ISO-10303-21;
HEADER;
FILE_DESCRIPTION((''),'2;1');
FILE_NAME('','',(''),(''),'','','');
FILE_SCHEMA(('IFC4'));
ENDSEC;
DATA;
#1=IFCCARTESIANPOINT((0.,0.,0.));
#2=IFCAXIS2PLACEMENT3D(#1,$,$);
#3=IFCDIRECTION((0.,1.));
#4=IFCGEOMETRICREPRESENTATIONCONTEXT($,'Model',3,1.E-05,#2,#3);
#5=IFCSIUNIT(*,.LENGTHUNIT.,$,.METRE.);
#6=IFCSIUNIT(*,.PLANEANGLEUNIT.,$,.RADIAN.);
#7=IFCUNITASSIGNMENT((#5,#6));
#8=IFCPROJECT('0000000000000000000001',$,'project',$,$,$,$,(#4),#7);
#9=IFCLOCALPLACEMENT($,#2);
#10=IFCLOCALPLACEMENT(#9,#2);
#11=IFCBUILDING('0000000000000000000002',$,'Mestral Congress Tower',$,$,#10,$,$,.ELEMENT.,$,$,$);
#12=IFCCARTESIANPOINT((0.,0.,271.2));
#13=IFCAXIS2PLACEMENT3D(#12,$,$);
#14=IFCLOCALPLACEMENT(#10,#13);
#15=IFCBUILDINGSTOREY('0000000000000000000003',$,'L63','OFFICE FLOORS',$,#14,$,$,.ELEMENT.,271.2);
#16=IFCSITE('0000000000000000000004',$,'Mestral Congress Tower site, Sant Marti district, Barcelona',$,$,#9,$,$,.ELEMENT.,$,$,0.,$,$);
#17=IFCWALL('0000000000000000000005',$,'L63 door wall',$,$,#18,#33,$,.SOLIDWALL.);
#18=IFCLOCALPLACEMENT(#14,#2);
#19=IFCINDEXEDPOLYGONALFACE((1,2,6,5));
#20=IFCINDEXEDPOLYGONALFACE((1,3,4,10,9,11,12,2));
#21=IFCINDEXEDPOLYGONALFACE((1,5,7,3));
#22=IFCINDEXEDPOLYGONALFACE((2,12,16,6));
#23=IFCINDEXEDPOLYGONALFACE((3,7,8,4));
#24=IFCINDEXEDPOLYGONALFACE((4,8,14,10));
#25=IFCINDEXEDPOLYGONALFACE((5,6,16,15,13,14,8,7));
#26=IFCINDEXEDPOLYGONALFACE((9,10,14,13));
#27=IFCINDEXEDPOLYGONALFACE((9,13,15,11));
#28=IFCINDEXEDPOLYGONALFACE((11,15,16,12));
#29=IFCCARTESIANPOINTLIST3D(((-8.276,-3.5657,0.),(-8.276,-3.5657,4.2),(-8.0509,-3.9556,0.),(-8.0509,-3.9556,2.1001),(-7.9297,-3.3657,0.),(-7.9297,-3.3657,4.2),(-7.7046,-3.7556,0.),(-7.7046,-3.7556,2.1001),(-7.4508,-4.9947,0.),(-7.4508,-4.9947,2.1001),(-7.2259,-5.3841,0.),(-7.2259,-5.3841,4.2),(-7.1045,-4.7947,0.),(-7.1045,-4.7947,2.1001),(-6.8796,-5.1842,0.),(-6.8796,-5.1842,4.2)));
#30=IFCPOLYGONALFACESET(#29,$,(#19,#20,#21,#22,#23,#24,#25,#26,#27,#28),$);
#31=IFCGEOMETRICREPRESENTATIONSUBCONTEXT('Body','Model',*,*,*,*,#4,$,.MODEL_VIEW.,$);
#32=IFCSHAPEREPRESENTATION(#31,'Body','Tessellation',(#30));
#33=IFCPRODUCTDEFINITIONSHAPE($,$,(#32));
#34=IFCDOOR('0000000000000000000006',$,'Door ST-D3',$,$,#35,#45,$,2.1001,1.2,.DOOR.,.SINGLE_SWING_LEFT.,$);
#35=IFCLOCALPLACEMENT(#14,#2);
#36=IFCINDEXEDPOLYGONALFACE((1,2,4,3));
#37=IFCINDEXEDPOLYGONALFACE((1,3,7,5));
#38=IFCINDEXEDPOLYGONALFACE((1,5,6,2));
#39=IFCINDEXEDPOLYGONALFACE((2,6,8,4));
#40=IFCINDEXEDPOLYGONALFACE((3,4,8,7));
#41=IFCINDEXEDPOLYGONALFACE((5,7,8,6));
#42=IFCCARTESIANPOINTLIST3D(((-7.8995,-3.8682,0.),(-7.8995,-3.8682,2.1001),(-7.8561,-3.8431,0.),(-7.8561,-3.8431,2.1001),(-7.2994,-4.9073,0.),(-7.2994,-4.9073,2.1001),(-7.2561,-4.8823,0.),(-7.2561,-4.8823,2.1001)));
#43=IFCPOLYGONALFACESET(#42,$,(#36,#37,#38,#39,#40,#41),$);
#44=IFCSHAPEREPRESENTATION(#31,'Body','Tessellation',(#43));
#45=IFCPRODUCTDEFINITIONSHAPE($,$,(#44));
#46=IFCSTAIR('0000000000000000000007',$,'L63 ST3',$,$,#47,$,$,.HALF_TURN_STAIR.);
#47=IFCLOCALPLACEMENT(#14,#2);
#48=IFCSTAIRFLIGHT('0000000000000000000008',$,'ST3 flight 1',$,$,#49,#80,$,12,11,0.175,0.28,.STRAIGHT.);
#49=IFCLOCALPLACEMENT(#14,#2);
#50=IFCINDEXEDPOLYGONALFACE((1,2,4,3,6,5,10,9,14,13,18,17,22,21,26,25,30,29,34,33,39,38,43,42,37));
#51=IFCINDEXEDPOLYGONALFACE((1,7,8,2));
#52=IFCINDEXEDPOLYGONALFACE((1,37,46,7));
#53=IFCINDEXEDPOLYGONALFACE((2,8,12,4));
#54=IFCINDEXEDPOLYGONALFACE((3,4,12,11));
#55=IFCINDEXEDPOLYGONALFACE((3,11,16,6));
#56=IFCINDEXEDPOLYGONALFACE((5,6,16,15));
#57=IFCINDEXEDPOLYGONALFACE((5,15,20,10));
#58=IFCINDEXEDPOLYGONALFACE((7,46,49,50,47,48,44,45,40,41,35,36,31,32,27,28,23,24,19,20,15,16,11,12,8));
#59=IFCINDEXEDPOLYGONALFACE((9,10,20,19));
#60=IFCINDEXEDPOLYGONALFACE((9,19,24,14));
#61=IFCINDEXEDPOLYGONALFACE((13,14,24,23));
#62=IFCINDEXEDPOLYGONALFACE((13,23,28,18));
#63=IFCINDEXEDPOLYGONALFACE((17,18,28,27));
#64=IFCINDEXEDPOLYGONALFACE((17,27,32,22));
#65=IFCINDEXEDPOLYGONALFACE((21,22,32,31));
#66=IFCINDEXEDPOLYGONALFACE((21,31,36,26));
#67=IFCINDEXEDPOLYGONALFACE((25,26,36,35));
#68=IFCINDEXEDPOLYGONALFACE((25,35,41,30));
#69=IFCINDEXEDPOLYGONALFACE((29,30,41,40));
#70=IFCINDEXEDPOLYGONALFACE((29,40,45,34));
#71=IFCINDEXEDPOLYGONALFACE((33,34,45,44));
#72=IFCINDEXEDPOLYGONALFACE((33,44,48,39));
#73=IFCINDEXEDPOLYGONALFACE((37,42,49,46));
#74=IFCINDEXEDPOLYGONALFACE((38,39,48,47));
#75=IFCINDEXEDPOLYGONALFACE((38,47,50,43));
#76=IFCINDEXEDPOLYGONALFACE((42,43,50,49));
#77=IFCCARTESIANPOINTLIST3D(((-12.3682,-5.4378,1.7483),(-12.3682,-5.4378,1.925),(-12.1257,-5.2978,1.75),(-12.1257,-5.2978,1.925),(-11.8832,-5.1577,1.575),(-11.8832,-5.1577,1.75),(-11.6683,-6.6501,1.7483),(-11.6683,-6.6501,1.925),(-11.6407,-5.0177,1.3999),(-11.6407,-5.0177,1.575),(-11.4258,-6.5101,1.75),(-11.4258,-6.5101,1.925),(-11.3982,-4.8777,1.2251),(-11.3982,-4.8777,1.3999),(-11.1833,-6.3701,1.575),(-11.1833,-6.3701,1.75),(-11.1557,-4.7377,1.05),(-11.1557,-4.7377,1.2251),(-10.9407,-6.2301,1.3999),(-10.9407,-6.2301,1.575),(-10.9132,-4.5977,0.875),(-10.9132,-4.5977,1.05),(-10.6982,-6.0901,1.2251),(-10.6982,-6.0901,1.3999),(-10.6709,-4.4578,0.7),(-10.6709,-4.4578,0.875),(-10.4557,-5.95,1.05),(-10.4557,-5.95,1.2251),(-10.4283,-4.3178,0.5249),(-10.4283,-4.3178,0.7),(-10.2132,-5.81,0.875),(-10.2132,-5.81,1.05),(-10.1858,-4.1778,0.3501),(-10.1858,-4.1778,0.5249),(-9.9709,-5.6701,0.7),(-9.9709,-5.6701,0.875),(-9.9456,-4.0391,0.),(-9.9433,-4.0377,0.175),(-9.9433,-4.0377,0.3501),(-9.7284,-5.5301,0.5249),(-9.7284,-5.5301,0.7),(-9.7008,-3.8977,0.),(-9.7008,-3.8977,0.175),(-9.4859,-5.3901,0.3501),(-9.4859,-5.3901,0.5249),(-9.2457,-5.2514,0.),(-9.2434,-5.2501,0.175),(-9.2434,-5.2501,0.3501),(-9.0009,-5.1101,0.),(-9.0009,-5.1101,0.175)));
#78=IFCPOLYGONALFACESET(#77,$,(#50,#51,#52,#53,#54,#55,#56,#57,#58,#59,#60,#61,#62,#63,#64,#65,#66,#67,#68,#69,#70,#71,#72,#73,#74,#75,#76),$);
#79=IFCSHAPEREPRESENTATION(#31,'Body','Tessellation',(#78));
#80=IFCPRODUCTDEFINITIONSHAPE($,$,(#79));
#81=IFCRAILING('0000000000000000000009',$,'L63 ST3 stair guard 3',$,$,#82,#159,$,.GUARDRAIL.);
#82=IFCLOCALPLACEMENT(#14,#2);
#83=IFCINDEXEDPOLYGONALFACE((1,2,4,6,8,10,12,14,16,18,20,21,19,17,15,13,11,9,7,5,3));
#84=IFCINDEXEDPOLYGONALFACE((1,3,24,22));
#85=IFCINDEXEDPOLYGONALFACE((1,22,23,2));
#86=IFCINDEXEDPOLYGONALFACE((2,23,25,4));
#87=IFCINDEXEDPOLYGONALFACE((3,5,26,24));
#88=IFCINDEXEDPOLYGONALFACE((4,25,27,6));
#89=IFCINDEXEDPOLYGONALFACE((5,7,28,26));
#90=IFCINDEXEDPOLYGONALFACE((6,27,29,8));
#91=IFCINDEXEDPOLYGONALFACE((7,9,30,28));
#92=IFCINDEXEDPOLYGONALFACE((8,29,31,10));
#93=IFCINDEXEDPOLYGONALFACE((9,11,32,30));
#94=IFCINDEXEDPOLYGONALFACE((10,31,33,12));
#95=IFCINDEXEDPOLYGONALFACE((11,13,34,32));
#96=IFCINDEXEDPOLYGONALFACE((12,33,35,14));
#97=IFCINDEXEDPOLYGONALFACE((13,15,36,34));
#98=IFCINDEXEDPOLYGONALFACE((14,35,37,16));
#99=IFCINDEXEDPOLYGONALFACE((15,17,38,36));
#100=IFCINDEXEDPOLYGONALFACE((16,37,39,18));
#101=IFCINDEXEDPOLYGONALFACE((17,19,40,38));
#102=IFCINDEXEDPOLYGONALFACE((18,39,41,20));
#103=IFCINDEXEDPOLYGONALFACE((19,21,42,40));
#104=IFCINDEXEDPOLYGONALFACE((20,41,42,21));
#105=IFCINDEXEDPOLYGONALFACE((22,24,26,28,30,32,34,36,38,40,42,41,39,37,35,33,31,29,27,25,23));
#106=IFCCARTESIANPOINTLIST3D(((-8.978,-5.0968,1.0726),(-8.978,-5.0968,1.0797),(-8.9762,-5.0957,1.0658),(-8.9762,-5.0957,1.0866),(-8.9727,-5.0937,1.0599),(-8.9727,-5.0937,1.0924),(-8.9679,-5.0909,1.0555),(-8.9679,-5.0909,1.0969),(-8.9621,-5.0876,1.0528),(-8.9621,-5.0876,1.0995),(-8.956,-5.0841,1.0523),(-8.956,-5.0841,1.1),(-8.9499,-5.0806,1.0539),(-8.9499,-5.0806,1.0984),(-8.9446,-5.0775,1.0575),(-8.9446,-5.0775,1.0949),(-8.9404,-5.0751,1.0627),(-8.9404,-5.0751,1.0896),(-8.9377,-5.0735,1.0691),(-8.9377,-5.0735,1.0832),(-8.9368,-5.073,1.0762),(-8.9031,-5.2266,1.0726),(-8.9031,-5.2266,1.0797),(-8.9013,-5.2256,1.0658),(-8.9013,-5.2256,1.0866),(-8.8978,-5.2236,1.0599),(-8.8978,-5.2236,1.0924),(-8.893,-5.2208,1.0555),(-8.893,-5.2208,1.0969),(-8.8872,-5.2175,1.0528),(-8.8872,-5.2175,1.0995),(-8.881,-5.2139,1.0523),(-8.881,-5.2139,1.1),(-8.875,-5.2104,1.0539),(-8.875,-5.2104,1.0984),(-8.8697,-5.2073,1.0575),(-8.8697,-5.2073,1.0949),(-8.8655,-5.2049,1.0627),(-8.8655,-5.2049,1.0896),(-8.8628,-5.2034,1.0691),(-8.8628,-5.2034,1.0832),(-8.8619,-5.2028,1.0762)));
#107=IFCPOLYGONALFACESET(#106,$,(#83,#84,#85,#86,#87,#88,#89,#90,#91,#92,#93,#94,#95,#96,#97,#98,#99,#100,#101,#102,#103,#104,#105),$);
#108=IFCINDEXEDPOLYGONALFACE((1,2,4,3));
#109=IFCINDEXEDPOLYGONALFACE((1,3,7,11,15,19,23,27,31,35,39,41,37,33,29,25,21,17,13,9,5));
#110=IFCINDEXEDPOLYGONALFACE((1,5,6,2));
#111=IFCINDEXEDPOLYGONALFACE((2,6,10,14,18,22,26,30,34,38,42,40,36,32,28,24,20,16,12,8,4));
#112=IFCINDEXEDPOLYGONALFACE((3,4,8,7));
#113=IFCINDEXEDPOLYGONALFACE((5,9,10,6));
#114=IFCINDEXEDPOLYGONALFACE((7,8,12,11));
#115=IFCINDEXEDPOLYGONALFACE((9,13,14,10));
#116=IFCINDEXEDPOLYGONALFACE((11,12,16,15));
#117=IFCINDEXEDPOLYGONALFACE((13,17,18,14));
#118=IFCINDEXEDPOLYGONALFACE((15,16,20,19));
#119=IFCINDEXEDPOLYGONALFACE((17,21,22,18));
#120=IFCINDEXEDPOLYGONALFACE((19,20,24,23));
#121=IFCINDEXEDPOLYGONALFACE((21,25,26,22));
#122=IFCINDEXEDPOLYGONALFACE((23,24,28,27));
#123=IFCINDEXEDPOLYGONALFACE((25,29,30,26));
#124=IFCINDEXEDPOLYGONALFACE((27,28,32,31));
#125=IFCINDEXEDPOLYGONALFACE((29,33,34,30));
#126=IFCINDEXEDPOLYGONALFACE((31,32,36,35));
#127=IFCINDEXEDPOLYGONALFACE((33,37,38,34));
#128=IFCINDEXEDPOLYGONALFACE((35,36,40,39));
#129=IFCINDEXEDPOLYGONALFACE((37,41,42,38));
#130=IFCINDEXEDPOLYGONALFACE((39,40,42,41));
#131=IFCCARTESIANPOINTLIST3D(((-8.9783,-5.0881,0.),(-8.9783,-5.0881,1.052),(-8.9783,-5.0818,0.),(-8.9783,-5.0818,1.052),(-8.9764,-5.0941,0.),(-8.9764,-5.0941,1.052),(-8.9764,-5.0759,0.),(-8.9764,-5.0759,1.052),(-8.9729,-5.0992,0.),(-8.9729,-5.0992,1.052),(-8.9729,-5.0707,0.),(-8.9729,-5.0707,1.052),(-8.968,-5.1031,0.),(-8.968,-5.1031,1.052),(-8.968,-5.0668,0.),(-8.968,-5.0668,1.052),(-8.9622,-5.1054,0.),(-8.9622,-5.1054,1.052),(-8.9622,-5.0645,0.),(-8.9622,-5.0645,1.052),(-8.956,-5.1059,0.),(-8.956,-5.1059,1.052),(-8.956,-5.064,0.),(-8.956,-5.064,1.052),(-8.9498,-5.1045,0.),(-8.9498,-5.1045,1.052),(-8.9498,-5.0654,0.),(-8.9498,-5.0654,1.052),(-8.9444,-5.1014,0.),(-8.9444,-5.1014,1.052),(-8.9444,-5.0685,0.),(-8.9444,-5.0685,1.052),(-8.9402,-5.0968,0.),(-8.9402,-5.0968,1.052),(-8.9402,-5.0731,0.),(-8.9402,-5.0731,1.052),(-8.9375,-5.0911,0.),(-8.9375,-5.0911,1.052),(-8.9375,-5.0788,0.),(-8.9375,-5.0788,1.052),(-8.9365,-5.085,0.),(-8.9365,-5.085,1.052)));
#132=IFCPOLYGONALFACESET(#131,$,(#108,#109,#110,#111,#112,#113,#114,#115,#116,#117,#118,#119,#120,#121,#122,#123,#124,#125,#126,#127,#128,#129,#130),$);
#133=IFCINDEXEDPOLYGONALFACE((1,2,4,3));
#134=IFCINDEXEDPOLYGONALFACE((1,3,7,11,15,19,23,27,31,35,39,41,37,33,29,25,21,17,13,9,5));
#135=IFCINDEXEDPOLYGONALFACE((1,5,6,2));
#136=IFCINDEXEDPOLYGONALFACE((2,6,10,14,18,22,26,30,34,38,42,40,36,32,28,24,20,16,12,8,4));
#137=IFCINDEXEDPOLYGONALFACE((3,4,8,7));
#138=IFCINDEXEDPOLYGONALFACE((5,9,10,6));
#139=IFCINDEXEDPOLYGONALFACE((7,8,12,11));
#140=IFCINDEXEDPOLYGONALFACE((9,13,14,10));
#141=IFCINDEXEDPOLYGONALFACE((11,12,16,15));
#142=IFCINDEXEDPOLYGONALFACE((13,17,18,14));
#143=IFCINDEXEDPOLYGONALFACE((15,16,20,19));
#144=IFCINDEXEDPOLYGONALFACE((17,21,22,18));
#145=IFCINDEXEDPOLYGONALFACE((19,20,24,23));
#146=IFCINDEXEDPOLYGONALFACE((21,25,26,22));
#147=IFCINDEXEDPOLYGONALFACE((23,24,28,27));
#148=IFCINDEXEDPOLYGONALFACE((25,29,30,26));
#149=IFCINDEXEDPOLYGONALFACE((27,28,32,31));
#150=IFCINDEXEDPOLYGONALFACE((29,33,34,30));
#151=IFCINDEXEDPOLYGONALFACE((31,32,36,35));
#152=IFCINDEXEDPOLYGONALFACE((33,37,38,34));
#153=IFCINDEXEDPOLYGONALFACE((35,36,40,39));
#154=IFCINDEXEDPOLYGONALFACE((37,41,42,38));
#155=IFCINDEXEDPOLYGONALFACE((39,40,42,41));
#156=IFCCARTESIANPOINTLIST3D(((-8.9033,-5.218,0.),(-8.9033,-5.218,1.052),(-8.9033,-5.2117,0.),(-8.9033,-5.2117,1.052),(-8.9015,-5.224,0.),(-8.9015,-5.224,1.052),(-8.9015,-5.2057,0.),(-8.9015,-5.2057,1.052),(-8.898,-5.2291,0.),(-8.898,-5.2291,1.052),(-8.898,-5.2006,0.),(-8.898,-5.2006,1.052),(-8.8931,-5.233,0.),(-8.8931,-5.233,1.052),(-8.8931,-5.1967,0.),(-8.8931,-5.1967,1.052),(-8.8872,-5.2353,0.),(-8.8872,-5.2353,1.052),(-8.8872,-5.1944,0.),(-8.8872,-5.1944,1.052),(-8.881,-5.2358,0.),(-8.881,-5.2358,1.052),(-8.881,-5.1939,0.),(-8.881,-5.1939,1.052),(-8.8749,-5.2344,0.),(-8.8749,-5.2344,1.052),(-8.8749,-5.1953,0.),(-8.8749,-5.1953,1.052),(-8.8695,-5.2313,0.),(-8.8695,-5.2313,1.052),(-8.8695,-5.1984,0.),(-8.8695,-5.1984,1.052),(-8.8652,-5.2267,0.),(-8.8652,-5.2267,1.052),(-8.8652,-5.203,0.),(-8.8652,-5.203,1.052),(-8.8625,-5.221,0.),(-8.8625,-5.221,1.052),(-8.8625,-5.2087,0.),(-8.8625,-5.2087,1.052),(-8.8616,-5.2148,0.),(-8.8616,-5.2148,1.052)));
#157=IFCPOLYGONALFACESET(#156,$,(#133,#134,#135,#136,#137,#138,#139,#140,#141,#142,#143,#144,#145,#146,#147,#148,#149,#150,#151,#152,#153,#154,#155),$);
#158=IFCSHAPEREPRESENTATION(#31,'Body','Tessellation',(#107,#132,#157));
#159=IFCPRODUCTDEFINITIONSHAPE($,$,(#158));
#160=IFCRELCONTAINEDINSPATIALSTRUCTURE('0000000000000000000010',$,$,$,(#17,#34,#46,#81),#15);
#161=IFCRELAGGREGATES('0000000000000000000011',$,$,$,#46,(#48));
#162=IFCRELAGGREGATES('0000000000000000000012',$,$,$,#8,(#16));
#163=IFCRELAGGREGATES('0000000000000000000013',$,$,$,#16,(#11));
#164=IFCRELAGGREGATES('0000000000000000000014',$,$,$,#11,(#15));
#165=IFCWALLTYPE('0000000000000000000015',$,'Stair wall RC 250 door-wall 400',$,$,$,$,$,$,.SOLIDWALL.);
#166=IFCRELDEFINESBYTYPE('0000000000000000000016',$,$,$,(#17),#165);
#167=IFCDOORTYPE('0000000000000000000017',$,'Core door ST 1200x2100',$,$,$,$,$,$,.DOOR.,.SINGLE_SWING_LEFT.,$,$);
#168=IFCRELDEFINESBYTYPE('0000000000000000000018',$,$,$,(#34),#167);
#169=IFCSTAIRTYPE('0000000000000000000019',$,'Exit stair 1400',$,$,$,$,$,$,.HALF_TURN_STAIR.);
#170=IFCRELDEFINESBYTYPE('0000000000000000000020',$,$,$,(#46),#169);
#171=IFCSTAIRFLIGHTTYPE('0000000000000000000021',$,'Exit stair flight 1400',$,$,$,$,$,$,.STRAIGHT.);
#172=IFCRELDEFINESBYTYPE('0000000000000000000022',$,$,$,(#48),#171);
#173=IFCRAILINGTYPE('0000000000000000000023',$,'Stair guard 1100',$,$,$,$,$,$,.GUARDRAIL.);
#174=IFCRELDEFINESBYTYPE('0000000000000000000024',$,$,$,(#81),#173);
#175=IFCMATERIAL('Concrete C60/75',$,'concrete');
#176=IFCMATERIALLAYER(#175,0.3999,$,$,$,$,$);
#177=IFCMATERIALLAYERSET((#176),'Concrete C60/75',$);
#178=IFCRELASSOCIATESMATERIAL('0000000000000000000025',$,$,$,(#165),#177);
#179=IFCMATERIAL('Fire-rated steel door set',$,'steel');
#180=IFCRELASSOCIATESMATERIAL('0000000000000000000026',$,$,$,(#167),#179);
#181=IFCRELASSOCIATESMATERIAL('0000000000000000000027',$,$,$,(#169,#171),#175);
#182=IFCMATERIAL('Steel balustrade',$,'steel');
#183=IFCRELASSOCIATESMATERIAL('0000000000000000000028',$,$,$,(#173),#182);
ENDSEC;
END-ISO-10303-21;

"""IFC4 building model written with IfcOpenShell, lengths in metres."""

from ifc_helpers import new_model, si_unit, direction, frame, frame_2d, origin, origin_2d, place, context, subcontext, project, spatial, polyline, rectangle, circle, outline, extrude, material, layer, layer_set, type_object, element, fill, aggregate, save


model = new_model("IFC4")

# Units and contexts
model_context = context("Model", 3, precision=1e-05, world=origin(), true_north=direction((0.0, 1.0)))
body_context = subcontext(model_context, "Body", "Model", "MODEL_VIEW")
ifc_project = project(units=[si_unit("LENGTHUNIT", "METRE"), si_unit("PLANEANGLEUNIT", "RADIAN")], contexts=[model_context])

# Site, building, storey
site_placement = place(None, origin())
site = spatial("IfcSite", under=ifc_project, at=site_placement, Name="Mestral Congress Tower site, Sant Marti district, Barcelona", CompositionType="ELEMENT", RefElevation=0.0)
building_placement = place(site_placement, origin())
building = spatial("IfcBuilding", under=site, at=building_placement, Name="Mestral Congress Tower", CompositionType="ELEMENT")
storey_placement = place(building_placement, frame((0.0, 0.0, 271.2)))
storey = spatial("IfcBuildingStorey", under=building, at=storey_placement, Name="L63", Description="OFFICE FLOORS", CompositionType="ELEMENT", Elevation=271.2)

# Shared definitions
ifc_material_1 = material(Name="Fire-rated steel door set", Category="steel")

# Shared definitions
ifc_material_2 = material(Name="Concrete C60/75", Category="concrete")

# Wall, opening, door
ifc_layer_1 = layer(ifc_material_2, 0.3999)
ifc_layer_set_1 = layer_set([ifc_layer_1], Name="Concrete C60/75")
wall_type_1 = type_object("IfcWallType", Name="Stair wall RC 250 door-wall 400", PredefinedType="SOLIDWALL", material=ifc_layer_set_1)
wall_1_placement = place(storey_placement, frame((-8.1028, -3.4658, 0.0), z_axis=(0.0, 0.0, 1.0), x_axis=(0.500078, -0.86598, 0.0)))
wall_1 = element("IfcWall", 1, at=wall_1_placement, inside=storey, type_object=wall_type_1, Name="L63 door wall", PredefinedType="SOLIDWALL", context=body_context, shape_type="SweptSolid", body=[
    extrude(rectangle(XDim=2.0999, YDim=0.3999, at=frame_2d((1.0498, 0.0))), origin(), (0.0, 0.0, 1.0), 4.2),
])
opening_1_placement = place(wall_1_placement, frame((0.45, 0.0, 0.0)))
opening_1 = element("IfcOpeningElement", 2, at=opening_1_placement, cuts=wall_1, PredefinedType="OPENING", context=body_context, shape_type="SweptSolid", body=[
    extrude(rectangle(XDim=1.2, YDim=2.1001, at=frame_2d((0.6001, 1.05))), frame((0.0, 0.21, 0.0), z_axis=(0.0, -1.0, 0.0), x_axis=(1.0, 0.0, 0.0)), (0.0, 0.0, 1.0), 0.4199),
])
door_type_1 = type_object("IfcDoorType", Name="Core door ST 1200x2100", OperationType="SINGLE_SWING_LEFT", PredefinedType="DOOR", material=ifc_material_1)
door_1_placement = place(opening_1_placement, origin())
door_1 = element("IfcDoor", 3, at=door_1_placement, inside=storey, type_object=door_type_1, Name="Door ST-D3", OperationType="SINGLE_SWING_LEFT", OverallHeight=2.1001, OverallWidth=1.2, PredefinedType="DOOR", context=body_context, shape_type="SweptSolid", body=[
    extrude(rectangle(XDim=1.2, YDim=2.1001, at=frame_2d((0.6001, 1.05))), frame((0.0, 0.0249, 0.0), z_axis=(0.0, -1.0, 0.0), x_axis=(1.0, 0.0, 0.0)), (0.0, 0.0, 1.0), 0.05),
])
fill(opening_1, door_1)

# Stair, stair flight
stair_type = type_object("IfcStairType", Name="Exit stair 1400", PredefinedType="HALF_TURN_STAIR", material=ifc_material_2)
stair_placement = place(storey_placement, origin())
stair = element("IfcStair", 4, at=stair_placement, inside=storey, type_object=stair_type, Name="L63 ST3", PredefinedType="HALF_TURN_STAIR")
stair_flight_type = type_object("IfcStairFlightType", Name="Exit stair flight 1400", PredefinedType="STRAIGHT", material=ifc_material_2)
stair_flight_placement = place(storey_placement, frame((-9.3508, -4.5039, 0.0), z_axis=(0.0, 0.0, 1.0), x_axis=(-0.866025, -0.5, 0.0)))
stair_flight = element("IfcStairFlight", 5, at=stair_flight_placement, type_object=stair_flight_type, Name="ST3 flight 1", NumberOfRisers=12, NumberOfTreads=11, PredefinedType="STRAIGHT", RiserHeight=0.175, TreadLength=0.28, context=body_context, shape_type="SweptSolid", body=[
    extrude(outline(polyline([(0.0, 0.0), (0.0, 0.175), (0.28, 0.175), (0.28, 0.3501), (0.5601, 0.3501), (0.5601, 0.5249), (0.8401, 0.5249), (0.8401, 0.7), (1.1201, 0.7), (1.1201, 0.875), (1.3999, 0.875), (1.3999, 1.05), (1.6799, 1.05), (1.6799, 1.2251), (1.96, 1.2251), (1.96, 1.3999), (2.24, 1.3999), (2.24, 1.575), (2.52, 1.575), (2.52, 1.75), (2.8, 1.75), (2.8, 1.925), (3.0801, 1.925), (3.0801, 2.1001), (3.0801, 1.7483), (0.2827, 0.0), (0.0, 0.0)])), frame((0.0, 0.7, 0.0), z_axis=(0.0, -1.0, 0.0), x_axis=(1.0, 0.0, 0.0)), (0.0, 0.0, 1.0), 1.3999),
])
aggregate(stair, [stair_flight])

# Railing
ifc_material_3 = material(Name="Steel balustrade", Category="steel")
railing_type_1 = type_object("IfcRailingType", Name="Stair guard 1100", PredefinedType="GUARDRAIL", material=ifc_material_3)
railing_1_placement = place(storey_placement, frame((-8.9575, -5.085, 0.0)))
element("IfcRailing", 6, at=railing_1_placement, inside=storey, type_object=railing_type_1, Name="L63 ST3 stair guard 3", PredefinedType="GUARDRAIL", context=body_context, shape_type="SweptSolid", body=[
    extrude(circle(Radius=0.0239, at=origin_2d()), frame((0.0, 0.0, 1.0762), z_axis=(0.499816, -0.866131, 0.0), x_axis=(0.866131, 0.499816, 0.0)), (0.0, 0.0, 1.0), 0.1499),
    extrude(circle(Radius=0.021, at=origin_2d()), origin(), (0.0, 0.0, 1.0), 1.052),
    extrude(circle(Radius=0.021, at=origin_2d()), frame((0.075, -0.1299, 0.0)), (0.0, 0.0, 1.0), 1.052),
])

save(model, "model.ifc")
